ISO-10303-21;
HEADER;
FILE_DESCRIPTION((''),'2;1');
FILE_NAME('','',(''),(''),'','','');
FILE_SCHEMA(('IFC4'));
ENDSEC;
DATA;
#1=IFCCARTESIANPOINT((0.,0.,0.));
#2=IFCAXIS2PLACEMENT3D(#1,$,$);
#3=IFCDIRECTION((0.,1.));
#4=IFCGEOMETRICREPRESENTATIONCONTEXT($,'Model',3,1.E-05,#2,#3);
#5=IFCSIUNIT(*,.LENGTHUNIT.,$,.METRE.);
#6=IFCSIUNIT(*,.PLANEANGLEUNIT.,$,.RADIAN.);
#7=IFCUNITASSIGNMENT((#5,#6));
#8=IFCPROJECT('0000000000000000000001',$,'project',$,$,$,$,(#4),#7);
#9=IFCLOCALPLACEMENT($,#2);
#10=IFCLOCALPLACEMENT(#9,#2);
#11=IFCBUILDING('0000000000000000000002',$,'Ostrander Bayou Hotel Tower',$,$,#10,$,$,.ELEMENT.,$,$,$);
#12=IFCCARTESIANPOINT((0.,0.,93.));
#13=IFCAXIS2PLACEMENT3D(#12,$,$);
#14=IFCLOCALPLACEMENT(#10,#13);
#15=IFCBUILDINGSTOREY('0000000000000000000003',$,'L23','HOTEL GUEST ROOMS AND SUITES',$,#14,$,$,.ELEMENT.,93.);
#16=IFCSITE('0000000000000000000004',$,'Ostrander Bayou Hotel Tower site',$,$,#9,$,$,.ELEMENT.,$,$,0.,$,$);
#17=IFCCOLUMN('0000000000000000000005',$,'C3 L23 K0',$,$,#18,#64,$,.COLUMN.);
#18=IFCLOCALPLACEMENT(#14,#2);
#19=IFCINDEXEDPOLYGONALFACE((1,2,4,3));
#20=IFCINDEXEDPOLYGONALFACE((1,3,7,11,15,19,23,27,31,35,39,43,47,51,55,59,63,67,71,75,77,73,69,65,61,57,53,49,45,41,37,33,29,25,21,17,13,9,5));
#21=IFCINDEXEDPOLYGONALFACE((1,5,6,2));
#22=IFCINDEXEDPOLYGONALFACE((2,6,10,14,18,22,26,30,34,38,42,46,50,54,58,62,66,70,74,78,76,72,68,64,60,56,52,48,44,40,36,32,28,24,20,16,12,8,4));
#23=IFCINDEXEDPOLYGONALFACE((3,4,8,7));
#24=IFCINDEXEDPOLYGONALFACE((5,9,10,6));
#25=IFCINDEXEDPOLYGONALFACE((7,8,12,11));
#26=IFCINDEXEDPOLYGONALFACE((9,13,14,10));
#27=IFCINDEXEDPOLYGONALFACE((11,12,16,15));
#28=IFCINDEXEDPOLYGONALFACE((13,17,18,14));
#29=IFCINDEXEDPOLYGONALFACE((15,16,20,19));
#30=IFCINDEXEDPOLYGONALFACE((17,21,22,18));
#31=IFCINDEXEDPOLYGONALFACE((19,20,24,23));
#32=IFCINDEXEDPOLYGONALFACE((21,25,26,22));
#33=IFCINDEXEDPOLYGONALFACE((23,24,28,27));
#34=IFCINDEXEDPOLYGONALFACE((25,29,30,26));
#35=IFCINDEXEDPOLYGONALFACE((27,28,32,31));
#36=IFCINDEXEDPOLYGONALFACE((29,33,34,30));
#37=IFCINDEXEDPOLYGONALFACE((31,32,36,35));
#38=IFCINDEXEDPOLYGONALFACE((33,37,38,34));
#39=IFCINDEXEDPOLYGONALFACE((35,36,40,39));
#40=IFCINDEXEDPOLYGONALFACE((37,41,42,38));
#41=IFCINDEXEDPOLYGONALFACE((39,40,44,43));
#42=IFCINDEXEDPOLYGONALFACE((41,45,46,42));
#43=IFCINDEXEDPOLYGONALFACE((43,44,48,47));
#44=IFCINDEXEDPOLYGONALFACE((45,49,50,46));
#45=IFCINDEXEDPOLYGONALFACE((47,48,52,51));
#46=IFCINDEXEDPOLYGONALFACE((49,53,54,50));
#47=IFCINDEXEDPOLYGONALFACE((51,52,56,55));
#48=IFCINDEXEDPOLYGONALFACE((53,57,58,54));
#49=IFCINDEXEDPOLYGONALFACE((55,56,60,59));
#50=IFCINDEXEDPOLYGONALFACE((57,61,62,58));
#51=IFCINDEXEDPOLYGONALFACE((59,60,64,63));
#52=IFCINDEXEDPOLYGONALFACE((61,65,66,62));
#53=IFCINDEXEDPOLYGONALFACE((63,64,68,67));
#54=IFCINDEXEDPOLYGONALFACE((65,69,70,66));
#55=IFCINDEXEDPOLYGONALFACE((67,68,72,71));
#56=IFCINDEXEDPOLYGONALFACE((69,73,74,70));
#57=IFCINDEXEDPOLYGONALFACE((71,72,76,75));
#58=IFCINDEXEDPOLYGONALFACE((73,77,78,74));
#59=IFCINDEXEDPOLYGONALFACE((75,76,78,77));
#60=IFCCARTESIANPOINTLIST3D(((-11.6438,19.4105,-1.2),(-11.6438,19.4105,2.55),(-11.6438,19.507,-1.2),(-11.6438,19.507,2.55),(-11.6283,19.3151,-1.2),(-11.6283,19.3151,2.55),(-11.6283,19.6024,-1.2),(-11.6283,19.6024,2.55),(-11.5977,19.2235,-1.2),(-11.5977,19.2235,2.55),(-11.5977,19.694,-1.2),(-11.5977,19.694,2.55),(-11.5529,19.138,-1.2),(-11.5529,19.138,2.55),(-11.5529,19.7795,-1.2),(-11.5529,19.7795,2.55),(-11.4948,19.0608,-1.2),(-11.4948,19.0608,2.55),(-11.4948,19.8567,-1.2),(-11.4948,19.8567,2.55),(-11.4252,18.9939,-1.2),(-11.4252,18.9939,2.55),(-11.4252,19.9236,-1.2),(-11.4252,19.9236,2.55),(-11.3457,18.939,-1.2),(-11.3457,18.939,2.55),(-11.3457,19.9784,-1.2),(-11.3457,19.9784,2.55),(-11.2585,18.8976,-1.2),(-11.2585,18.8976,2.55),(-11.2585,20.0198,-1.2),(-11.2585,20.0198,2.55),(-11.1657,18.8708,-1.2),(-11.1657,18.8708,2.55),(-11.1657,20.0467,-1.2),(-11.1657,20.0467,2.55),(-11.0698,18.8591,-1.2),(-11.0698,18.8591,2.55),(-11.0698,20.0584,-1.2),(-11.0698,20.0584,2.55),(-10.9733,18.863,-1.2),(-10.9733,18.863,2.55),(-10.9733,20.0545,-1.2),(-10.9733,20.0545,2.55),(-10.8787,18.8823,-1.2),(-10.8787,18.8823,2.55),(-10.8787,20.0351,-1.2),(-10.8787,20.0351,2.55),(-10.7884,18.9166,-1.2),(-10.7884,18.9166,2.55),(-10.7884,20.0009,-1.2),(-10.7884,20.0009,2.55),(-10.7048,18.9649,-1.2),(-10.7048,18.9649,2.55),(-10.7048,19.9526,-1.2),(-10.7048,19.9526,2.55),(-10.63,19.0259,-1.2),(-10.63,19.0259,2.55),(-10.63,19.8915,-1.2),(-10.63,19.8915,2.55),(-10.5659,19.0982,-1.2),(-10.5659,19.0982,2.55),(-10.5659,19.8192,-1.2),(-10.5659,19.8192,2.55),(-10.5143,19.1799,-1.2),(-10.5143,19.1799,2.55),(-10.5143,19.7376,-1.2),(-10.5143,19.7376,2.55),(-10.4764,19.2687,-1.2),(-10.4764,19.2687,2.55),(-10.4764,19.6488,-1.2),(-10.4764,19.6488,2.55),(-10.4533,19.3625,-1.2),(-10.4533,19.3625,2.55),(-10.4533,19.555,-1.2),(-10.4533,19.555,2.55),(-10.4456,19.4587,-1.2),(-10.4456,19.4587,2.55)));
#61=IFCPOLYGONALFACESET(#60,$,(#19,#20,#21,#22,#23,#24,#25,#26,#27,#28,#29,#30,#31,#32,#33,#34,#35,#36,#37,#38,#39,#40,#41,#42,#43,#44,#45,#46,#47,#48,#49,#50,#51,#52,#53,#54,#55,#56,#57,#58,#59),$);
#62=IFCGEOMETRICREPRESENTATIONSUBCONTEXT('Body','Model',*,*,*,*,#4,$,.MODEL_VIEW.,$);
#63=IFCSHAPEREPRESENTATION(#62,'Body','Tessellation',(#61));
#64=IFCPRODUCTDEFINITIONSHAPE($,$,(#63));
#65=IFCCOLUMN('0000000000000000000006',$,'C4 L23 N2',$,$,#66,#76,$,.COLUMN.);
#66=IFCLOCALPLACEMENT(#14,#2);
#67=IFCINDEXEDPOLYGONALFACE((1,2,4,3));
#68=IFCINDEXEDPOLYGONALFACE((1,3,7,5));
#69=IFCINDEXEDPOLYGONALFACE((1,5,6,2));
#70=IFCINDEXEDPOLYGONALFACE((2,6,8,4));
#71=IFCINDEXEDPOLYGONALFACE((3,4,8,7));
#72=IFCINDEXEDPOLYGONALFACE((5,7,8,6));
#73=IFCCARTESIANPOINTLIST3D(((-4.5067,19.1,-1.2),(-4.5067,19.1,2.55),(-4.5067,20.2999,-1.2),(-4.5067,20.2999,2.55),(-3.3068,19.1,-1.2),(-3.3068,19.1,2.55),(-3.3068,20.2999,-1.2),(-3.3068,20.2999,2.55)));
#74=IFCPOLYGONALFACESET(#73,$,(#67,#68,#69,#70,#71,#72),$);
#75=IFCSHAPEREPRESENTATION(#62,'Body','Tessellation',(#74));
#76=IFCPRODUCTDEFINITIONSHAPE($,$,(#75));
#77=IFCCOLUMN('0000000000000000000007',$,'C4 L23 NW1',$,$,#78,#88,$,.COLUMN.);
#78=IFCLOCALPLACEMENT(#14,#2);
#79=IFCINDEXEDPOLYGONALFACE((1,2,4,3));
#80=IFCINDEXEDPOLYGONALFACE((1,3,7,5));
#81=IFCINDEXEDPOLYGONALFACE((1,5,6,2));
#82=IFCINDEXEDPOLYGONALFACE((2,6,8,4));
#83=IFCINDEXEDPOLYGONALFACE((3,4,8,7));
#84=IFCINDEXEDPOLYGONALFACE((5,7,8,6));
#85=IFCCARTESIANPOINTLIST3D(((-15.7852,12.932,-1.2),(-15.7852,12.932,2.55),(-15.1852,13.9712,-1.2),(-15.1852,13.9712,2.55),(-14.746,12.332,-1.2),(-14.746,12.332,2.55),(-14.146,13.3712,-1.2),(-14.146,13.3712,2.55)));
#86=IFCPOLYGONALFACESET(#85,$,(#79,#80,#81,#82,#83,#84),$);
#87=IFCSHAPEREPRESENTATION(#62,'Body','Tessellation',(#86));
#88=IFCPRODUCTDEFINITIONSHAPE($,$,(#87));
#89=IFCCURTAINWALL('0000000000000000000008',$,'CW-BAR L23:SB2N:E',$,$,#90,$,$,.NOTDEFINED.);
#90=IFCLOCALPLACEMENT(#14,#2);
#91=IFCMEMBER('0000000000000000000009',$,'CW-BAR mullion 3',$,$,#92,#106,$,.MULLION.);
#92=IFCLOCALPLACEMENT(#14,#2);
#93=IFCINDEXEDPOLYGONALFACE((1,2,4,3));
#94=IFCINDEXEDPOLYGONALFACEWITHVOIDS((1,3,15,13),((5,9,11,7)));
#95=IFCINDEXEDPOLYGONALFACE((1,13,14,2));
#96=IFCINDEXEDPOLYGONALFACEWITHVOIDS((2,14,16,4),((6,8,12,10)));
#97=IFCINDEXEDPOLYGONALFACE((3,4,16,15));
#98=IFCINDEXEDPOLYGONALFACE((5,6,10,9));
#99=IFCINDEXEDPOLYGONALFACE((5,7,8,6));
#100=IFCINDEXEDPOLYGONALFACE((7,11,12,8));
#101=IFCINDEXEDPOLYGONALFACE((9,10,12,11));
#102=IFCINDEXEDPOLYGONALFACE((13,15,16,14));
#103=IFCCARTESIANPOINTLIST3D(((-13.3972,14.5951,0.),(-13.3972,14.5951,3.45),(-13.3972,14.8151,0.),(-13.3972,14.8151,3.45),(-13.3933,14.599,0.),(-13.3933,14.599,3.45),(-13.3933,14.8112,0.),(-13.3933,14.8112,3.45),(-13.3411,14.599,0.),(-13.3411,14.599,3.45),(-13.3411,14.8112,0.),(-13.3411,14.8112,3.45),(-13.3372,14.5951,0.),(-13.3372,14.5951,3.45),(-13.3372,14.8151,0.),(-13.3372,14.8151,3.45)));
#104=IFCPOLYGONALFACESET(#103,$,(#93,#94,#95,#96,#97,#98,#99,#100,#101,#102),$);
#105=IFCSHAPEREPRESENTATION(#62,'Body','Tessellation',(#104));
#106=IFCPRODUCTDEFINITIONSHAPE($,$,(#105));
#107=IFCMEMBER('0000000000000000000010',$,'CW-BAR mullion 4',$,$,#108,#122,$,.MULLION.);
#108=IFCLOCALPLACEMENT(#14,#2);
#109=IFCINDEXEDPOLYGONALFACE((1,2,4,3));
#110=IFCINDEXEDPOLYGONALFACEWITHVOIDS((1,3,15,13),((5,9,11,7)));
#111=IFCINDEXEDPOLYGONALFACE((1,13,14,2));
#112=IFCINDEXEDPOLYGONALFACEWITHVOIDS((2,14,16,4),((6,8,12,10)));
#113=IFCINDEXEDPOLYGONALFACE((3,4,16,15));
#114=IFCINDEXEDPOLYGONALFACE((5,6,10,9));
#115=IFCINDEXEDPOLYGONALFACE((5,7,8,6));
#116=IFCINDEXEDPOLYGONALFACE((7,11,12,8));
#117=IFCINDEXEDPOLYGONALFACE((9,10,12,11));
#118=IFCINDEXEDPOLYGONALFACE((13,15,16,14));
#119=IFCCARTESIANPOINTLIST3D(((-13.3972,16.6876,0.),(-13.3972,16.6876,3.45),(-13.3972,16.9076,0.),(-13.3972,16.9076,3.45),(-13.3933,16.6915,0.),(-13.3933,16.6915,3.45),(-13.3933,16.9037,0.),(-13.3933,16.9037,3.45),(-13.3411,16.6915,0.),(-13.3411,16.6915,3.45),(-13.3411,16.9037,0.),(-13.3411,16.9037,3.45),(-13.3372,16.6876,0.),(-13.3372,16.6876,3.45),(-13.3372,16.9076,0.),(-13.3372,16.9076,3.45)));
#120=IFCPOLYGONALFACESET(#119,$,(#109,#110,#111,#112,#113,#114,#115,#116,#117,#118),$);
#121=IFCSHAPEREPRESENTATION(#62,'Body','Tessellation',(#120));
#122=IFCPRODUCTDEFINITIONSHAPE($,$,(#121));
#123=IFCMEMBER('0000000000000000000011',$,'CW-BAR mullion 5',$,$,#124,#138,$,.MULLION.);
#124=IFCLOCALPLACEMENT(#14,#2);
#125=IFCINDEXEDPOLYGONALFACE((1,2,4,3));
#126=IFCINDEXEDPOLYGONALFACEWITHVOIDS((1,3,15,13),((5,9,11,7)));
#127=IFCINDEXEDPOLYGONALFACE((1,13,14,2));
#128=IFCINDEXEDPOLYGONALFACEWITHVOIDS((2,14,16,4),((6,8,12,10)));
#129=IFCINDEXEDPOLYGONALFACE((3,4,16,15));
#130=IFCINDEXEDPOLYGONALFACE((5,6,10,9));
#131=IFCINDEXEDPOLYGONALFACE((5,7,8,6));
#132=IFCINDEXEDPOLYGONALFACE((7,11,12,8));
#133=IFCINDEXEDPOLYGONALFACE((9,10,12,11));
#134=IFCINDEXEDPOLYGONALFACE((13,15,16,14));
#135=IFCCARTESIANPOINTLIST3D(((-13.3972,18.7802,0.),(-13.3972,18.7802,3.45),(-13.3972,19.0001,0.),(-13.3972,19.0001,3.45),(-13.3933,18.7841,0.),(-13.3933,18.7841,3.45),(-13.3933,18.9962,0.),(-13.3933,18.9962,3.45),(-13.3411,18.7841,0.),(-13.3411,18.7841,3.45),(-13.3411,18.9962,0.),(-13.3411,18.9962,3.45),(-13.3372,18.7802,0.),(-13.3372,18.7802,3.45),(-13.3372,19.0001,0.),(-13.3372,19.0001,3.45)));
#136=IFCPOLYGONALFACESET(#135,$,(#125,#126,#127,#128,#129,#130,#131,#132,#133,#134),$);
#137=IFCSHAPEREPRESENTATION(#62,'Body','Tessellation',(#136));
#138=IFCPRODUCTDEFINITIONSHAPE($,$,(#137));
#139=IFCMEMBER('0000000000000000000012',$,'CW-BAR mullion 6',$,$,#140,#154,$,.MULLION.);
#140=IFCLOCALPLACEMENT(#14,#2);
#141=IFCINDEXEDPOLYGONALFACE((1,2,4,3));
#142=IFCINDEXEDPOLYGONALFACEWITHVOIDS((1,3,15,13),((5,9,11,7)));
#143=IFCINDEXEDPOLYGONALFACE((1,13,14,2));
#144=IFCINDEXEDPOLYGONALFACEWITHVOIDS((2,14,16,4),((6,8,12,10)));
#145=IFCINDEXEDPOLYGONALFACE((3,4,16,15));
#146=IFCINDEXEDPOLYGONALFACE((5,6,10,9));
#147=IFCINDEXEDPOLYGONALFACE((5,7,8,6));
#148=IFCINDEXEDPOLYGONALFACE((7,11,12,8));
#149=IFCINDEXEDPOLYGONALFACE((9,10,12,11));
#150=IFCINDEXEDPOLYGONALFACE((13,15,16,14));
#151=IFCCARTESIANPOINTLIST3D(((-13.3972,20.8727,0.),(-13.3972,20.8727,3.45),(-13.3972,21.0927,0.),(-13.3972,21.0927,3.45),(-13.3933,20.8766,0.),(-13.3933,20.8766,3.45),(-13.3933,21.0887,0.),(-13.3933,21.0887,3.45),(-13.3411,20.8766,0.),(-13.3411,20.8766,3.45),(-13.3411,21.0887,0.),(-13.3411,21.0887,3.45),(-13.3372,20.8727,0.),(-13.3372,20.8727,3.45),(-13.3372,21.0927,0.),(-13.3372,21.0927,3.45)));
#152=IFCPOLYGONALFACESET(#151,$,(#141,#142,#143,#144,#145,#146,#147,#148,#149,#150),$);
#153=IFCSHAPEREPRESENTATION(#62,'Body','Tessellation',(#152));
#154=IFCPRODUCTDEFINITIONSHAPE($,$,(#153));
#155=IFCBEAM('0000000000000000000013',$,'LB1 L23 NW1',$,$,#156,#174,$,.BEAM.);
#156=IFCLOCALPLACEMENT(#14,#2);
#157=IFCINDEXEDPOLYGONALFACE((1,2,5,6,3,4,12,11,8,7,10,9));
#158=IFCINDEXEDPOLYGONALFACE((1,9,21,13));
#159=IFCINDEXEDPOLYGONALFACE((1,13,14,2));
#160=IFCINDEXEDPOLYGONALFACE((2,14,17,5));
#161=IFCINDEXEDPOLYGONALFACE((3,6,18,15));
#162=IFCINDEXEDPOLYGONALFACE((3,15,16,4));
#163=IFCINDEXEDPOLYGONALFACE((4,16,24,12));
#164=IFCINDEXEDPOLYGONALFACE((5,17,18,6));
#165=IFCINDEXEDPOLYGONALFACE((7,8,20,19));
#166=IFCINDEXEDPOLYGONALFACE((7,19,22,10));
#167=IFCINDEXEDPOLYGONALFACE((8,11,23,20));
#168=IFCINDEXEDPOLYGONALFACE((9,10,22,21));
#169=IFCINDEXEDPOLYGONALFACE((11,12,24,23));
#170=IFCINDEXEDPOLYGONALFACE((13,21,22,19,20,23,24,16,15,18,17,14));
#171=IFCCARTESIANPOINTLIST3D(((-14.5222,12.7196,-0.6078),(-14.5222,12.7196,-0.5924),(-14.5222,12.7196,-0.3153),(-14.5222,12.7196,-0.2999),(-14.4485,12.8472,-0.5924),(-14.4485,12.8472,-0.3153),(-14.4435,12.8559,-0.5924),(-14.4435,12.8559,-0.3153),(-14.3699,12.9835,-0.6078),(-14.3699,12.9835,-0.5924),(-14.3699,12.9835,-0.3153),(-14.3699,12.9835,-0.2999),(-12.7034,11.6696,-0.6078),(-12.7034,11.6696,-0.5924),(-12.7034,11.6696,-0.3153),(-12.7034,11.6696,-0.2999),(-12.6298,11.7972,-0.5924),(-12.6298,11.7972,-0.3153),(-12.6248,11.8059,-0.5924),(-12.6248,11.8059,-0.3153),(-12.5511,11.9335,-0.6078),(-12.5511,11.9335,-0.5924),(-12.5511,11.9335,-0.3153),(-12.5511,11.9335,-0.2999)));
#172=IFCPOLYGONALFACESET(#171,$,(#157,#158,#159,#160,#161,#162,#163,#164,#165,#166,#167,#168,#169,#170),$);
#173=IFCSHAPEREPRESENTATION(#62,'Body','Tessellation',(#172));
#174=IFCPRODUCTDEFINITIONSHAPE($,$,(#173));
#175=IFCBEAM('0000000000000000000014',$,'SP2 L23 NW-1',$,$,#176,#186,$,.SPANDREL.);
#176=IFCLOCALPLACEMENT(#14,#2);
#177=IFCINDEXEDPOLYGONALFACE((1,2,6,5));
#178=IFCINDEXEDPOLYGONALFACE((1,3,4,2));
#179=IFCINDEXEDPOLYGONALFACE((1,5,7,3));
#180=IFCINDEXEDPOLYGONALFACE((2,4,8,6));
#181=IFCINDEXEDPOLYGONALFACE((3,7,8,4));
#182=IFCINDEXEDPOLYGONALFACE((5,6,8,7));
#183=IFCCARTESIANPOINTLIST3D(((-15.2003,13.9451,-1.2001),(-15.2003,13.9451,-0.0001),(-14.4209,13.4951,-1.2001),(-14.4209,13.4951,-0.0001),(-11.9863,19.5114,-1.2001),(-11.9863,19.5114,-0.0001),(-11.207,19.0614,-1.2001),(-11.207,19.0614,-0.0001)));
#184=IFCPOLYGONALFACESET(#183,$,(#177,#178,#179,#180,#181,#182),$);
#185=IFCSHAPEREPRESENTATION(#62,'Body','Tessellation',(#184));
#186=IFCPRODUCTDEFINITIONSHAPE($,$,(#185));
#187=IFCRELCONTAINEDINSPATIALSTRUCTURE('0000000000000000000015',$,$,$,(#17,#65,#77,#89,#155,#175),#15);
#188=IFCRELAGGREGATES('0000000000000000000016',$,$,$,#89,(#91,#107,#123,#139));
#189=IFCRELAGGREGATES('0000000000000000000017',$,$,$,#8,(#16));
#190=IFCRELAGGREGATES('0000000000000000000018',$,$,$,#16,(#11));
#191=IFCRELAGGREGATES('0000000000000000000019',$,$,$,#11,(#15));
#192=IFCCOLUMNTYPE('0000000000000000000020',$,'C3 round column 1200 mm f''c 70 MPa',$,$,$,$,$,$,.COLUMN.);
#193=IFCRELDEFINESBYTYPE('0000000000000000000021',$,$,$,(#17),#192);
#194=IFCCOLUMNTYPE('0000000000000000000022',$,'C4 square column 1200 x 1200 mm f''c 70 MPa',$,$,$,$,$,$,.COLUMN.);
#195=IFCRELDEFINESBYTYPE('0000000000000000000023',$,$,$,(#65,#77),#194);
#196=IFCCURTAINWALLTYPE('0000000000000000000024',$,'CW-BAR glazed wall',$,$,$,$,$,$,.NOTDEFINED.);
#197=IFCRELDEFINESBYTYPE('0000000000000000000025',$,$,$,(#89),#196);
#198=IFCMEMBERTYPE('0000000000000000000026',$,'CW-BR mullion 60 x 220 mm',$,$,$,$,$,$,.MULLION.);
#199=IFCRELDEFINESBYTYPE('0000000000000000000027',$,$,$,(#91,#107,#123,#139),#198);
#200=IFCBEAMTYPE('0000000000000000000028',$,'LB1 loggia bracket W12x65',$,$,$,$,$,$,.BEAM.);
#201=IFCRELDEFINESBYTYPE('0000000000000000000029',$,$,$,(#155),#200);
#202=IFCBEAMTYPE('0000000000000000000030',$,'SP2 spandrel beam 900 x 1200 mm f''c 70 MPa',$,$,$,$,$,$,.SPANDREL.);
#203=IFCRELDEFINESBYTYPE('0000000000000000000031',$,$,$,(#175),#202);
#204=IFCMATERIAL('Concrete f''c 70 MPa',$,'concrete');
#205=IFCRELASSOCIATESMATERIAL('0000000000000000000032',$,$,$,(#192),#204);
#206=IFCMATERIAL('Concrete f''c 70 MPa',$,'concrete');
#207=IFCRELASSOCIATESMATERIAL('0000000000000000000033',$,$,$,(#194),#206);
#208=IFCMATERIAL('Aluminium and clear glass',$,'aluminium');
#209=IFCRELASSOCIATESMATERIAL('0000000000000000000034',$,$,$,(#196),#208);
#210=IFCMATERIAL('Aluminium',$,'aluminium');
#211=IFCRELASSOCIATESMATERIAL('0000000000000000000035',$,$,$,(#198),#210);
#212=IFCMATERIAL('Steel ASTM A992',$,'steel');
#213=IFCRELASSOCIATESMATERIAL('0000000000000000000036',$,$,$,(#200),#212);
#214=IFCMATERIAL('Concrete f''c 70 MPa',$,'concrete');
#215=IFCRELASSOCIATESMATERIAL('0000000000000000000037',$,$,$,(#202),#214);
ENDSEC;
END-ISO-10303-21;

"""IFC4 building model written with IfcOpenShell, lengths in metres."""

from ifc_helpers import new_model, si_unit, direction, frame, origin, origin_2d, place, context, subcontext, project, spatial, rectangle, hollow_rectangle, circle, i_section, extrude, material, material_profile, profile_set, type_object, element, aggregate, save


model = new_model("IFC4")

# Units and contexts
model_context = context("Model", 3, precision=1e-05, world=origin(), true_north=direction((0.0, 1.0)))
body_context = subcontext(model_context, "Body", "Model", "MODEL_VIEW")
ifc_project = project(units=[si_unit("LENGTHUNIT", "METRE"), si_unit("PLANEANGLEUNIT", "RADIAN")], contexts=[model_context])

# Site, building, storey
site_placement = place(None, origin())
site = spatial("IfcSite", under=ifc_project, at=site_placement, Name="Ostrander Bayou Hotel Tower site", CompositionType="ELEMENT", RefElevation=0.0)
building_placement = place(site_placement, origin())
building = spatial("IfcBuilding", under=site, at=building_placement, Name="Ostrander Bayou Hotel Tower", CompositionType="ELEMENT")
storey_placement = place(building_placement, frame((0.0, 0.0, 93.0)))
storey = spatial("IfcBuildingStorey", under=building, at=storey_placement, Name="L23", Description="HOTEL GUEST ROOMS AND SUITES", CompositionType="ELEMENT", Elevation=93.0)

# Columns
ifc_material_1 = material(Name="Concrete f'c 70 MPa", Category="concrete")
ifc_material_profile_1 = material_profile(ifc_material_1, circle(Radius=0.6001, at=origin_2d()))
ifc_profile_set_1 = profile_set([ifc_material_profile_1], Name="Concrete f'c 70 MPa")
column_type_1 = type_object("IfcColumnType", Name="C3 round column 1200 mm f'c 70 MPa", PredefinedType="COLUMN", material=ifc_profile_set_1)
column_placement = place(storey_placement, frame((-11.0457, 19.4587, -1.2), z_axis=(0.0, 0.0, 1.0), x_axis=(1.0, 0.0, 0.0)))
element("IfcColumn", 1, at=column_placement, inside=storey, type_object=column_type_1, Name="C3 L23 K0", PredefinedType="COLUMN", context=body_context, shape_type="SweptSolid", body=[
    extrude(circle(Radius=0.6001, at=origin_2d()), origin(), (0.0, 0.0, 1.0), 3.75),
])
ifc_material_2 = material(Name="Concrete f'c 70 MPa", Category="concrete")
ifc_material_profile_2 = material_profile(ifc_material_2, rectangle(XDim=1.2, YDim=1.2, at=origin_2d()))
ifc_profile_set_2 = profile_set([ifc_material_profile_2], Name="Concrete f'c 70 MPa")
column_type_2 = type_object("IfcColumnType", Name="C4 square column 1200 x 1200 mm f'c 70 MPa", PredefinedType="COLUMN", material=ifc_profile_set_2)
for number, where, z_axis, x_axis, name in (
    (2, (-3.9067, 19.7, -1.2), (0.0, 0.0, 1.0), (1.0, 0.0, 0.0), "C4 L23 N2"),
    (3, (-14.9656, 13.1516, -1.2), (0.0, 0.0, 1.0), (0.5, 0.866025, 0.0), "C4 L23 NW1"),
):
    element("IfcColumn", number, at=place(storey_placement, frame(where, z_axis=z_axis, x_axis=x_axis)), inside=storey, type_object=column_type_2, Name=name, PredefinedType="COLUMN", context=body_context, shape_type="SweptSolid", body=[
        extrude(rectangle(XDim=1.2, YDim=1.2, at=origin_2d()), origin(), (0.0, 0.0, 1.0), 3.75),
    ])

# Curtain wall, members
ifc_material_3 = material(Name="Aluminium and clear glass", Category="aluminium")
curtain_wall_type = type_object("IfcCurtainWallType", Name="CW-BAR glazed wall", PredefinedType="NOTDEFINED", material=ifc_material_3)
curtain_wall_placement = place(storey_placement, origin())
curtain_wall = element("IfcCurtainWall", 4, at=curtain_wall_placement, inside=storey, type_object=curtain_wall_type, Name="CW-BAR L23:SB2N:E", PredefinedType="NOTDEFINED")
ifc_material_4 = material(Name="Aluminium", Category="aluminium")
ifc_material_profile_3 = material_profile(ifc_material_4, hollow_rectangle(XDim=0.0601, YDim=0.22, WallThickness=0.0039, at=origin_2d()))
ifc_profile_set_3 = profile_set([ifc_material_profile_3], Name="Aluminium")
member_type_1 = type_object("IfcMemberType", Name="CW-BR mullion 60 x 220 mm", PredefinedType="MULLION", material=ifc_profile_set_3)
member_1_placement = place(storey_placement, frame((-13.3672, 14.7051, 0.0), z_axis=(0.0, 0.0, 1.0), x_axis=(-1.0, 0.0, 0.0)))
member_1 = element("IfcMember", 5, at=member_1_placement, type_object=member_type_1, Name="CW-BAR mullion 3", PredefinedType="MULLION", context=body_context, shape_type="SweptSolid", body=[
    extrude(hollow_rectangle(XDim=0.0601, YDim=0.22, WallThickness=0.0039, at=origin_2d()), origin(), (0.0, 0.0, 1.0), 3.45),
])
member_2_placement = place(storey_placement, frame((-13.3672, 16.7976, 0.0), z_axis=(0.0, 0.0, 1.0), x_axis=(-1.0, 0.0, 0.0)))
member_2 = element("IfcMember", 6, at=member_2_placement, type_object=member_type_1, Name="CW-BAR mullion 4", PredefinedType="MULLION", context=body_context, shape_type="SweptSolid", body=[
    extrude(hollow_rectangle(XDim=0.0601, YDim=0.22, WallThickness=0.0039, at=origin_2d()), origin(), (0.0, 0.0, 1.0), 3.45),
])
member_3_placement = place(storey_placement, frame((-13.3672, 18.8901, 0.0), z_axis=(0.0, 0.0, 1.0), x_axis=(-1.0, 0.0, 0.0)))
member_3 = element("IfcMember", 7, at=member_3_placement, type_object=member_type_1, Name="CW-BAR mullion 5", PredefinedType="MULLION", context=body_context, shape_type="SweptSolid", body=[
    extrude(hollow_rectangle(XDim=0.0601, YDim=0.22, WallThickness=0.0039, at=origin_2d()), origin(), (0.0, 0.0, 1.0), 3.45),
])
member_4_placement = place(storey_placement, frame((-13.3672, 20.9827, 0.0), z_axis=(0.0, 0.0, 1.0), x_axis=(-1.0, 0.0, 0.0)))
member_4 = element("IfcMember", 8, at=member_4_placement, type_object=member_type_1, Name="CW-BAR mullion 6", PredefinedType="MULLION", context=body_context, shape_type="SweptSolid", body=[
    extrude(hollow_rectangle(XDim=0.0601, YDim=0.22, WallThickness=0.0039, at=origin_2d()), origin(), (0.0, 0.0, 1.0), 3.45),
])
aggregate(curtain_wall, [member_1, member_2, member_3, member_4])

# Beams
ifc_material_5 = material(Name="Steel ASTM A992", Category="steel")
ifc_material_profile_4 = material_profile(ifc_material_5, i_section(OverallWidth=0.3047, OverallDepth=0.3079, WebThickness=0.01, FlangeThickness=0.0154, at=origin_2d()))
ifc_profile_set_4 = profile_set([ifc_material_profile_4], Name="Steel ASTM A992")
beam_type_1 = type_object("IfcBeamType", Name="LB1 loggia bracket W12x65", PredefinedType="BEAM", material=ifc_profile_set_4)
beam_1_placement = place(storey_placement, frame((-14.446, 12.8516, -0.4539), z_axis=(0.866038, -0.499977, 0.0), x_axis=(0.499977, 0.866038, 0.0)))
element("IfcBeam", 9, at=beam_1_placement, inside=storey, type_object=beam_type_1, Name="LB1 L23 NW1", PredefinedType="BEAM", context=body_context, shape_type="SweptSolid", body=[
    extrude(i_section(OverallWidth=0.3047, OverallDepth=0.3079, WebThickness=0.01, FlangeThickness=0.0154, at=origin_2d()), origin(), (0.0, 0.0, 1.0), 2.1001),
])
ifc_material_6 = material(Name="Concrete f'c 70 MPa", Category="concrete")
ifc_material_profile_5 = material_profile(ifc_material_6, rectangle(XDim=0.8999, YDim=1.2, at=origin_2d()))
ifc_profile_set_5 = profile_set([ifc_material_profile_5], Name="Concrete f'c 70 MPa")
beam_type_2 = type_object("IfcBeamType", Name="SP2 spandrel beam 900 x 1200 mm f'c 70 MPa", PredefinedType="SPANDREL", material=ifc_profile_set_5)
beam_2_placement = place(storey_placement, frame((-11.5967, 19.2864, -0.6001), z_axis=(-0.500028, -0.866009, 0.0), x_axis=(0.866009, -0.500028, 0.0)))
element("IfcBeam", 10, at=beam_2_placement, inside=storey, type_object=beam_type_2, Name="SP2 L23 NW-1", PredefinedType="SPANDREL", context=body_context, shape_type="SweptSolid", body=[
    extrude(rectangle(XDim=0.8999, YDim=1.2, at=origin_2d()), origin(), (0.0, 0.0, 1.0), 6.4275),
])

save(model, "model.ifc")
